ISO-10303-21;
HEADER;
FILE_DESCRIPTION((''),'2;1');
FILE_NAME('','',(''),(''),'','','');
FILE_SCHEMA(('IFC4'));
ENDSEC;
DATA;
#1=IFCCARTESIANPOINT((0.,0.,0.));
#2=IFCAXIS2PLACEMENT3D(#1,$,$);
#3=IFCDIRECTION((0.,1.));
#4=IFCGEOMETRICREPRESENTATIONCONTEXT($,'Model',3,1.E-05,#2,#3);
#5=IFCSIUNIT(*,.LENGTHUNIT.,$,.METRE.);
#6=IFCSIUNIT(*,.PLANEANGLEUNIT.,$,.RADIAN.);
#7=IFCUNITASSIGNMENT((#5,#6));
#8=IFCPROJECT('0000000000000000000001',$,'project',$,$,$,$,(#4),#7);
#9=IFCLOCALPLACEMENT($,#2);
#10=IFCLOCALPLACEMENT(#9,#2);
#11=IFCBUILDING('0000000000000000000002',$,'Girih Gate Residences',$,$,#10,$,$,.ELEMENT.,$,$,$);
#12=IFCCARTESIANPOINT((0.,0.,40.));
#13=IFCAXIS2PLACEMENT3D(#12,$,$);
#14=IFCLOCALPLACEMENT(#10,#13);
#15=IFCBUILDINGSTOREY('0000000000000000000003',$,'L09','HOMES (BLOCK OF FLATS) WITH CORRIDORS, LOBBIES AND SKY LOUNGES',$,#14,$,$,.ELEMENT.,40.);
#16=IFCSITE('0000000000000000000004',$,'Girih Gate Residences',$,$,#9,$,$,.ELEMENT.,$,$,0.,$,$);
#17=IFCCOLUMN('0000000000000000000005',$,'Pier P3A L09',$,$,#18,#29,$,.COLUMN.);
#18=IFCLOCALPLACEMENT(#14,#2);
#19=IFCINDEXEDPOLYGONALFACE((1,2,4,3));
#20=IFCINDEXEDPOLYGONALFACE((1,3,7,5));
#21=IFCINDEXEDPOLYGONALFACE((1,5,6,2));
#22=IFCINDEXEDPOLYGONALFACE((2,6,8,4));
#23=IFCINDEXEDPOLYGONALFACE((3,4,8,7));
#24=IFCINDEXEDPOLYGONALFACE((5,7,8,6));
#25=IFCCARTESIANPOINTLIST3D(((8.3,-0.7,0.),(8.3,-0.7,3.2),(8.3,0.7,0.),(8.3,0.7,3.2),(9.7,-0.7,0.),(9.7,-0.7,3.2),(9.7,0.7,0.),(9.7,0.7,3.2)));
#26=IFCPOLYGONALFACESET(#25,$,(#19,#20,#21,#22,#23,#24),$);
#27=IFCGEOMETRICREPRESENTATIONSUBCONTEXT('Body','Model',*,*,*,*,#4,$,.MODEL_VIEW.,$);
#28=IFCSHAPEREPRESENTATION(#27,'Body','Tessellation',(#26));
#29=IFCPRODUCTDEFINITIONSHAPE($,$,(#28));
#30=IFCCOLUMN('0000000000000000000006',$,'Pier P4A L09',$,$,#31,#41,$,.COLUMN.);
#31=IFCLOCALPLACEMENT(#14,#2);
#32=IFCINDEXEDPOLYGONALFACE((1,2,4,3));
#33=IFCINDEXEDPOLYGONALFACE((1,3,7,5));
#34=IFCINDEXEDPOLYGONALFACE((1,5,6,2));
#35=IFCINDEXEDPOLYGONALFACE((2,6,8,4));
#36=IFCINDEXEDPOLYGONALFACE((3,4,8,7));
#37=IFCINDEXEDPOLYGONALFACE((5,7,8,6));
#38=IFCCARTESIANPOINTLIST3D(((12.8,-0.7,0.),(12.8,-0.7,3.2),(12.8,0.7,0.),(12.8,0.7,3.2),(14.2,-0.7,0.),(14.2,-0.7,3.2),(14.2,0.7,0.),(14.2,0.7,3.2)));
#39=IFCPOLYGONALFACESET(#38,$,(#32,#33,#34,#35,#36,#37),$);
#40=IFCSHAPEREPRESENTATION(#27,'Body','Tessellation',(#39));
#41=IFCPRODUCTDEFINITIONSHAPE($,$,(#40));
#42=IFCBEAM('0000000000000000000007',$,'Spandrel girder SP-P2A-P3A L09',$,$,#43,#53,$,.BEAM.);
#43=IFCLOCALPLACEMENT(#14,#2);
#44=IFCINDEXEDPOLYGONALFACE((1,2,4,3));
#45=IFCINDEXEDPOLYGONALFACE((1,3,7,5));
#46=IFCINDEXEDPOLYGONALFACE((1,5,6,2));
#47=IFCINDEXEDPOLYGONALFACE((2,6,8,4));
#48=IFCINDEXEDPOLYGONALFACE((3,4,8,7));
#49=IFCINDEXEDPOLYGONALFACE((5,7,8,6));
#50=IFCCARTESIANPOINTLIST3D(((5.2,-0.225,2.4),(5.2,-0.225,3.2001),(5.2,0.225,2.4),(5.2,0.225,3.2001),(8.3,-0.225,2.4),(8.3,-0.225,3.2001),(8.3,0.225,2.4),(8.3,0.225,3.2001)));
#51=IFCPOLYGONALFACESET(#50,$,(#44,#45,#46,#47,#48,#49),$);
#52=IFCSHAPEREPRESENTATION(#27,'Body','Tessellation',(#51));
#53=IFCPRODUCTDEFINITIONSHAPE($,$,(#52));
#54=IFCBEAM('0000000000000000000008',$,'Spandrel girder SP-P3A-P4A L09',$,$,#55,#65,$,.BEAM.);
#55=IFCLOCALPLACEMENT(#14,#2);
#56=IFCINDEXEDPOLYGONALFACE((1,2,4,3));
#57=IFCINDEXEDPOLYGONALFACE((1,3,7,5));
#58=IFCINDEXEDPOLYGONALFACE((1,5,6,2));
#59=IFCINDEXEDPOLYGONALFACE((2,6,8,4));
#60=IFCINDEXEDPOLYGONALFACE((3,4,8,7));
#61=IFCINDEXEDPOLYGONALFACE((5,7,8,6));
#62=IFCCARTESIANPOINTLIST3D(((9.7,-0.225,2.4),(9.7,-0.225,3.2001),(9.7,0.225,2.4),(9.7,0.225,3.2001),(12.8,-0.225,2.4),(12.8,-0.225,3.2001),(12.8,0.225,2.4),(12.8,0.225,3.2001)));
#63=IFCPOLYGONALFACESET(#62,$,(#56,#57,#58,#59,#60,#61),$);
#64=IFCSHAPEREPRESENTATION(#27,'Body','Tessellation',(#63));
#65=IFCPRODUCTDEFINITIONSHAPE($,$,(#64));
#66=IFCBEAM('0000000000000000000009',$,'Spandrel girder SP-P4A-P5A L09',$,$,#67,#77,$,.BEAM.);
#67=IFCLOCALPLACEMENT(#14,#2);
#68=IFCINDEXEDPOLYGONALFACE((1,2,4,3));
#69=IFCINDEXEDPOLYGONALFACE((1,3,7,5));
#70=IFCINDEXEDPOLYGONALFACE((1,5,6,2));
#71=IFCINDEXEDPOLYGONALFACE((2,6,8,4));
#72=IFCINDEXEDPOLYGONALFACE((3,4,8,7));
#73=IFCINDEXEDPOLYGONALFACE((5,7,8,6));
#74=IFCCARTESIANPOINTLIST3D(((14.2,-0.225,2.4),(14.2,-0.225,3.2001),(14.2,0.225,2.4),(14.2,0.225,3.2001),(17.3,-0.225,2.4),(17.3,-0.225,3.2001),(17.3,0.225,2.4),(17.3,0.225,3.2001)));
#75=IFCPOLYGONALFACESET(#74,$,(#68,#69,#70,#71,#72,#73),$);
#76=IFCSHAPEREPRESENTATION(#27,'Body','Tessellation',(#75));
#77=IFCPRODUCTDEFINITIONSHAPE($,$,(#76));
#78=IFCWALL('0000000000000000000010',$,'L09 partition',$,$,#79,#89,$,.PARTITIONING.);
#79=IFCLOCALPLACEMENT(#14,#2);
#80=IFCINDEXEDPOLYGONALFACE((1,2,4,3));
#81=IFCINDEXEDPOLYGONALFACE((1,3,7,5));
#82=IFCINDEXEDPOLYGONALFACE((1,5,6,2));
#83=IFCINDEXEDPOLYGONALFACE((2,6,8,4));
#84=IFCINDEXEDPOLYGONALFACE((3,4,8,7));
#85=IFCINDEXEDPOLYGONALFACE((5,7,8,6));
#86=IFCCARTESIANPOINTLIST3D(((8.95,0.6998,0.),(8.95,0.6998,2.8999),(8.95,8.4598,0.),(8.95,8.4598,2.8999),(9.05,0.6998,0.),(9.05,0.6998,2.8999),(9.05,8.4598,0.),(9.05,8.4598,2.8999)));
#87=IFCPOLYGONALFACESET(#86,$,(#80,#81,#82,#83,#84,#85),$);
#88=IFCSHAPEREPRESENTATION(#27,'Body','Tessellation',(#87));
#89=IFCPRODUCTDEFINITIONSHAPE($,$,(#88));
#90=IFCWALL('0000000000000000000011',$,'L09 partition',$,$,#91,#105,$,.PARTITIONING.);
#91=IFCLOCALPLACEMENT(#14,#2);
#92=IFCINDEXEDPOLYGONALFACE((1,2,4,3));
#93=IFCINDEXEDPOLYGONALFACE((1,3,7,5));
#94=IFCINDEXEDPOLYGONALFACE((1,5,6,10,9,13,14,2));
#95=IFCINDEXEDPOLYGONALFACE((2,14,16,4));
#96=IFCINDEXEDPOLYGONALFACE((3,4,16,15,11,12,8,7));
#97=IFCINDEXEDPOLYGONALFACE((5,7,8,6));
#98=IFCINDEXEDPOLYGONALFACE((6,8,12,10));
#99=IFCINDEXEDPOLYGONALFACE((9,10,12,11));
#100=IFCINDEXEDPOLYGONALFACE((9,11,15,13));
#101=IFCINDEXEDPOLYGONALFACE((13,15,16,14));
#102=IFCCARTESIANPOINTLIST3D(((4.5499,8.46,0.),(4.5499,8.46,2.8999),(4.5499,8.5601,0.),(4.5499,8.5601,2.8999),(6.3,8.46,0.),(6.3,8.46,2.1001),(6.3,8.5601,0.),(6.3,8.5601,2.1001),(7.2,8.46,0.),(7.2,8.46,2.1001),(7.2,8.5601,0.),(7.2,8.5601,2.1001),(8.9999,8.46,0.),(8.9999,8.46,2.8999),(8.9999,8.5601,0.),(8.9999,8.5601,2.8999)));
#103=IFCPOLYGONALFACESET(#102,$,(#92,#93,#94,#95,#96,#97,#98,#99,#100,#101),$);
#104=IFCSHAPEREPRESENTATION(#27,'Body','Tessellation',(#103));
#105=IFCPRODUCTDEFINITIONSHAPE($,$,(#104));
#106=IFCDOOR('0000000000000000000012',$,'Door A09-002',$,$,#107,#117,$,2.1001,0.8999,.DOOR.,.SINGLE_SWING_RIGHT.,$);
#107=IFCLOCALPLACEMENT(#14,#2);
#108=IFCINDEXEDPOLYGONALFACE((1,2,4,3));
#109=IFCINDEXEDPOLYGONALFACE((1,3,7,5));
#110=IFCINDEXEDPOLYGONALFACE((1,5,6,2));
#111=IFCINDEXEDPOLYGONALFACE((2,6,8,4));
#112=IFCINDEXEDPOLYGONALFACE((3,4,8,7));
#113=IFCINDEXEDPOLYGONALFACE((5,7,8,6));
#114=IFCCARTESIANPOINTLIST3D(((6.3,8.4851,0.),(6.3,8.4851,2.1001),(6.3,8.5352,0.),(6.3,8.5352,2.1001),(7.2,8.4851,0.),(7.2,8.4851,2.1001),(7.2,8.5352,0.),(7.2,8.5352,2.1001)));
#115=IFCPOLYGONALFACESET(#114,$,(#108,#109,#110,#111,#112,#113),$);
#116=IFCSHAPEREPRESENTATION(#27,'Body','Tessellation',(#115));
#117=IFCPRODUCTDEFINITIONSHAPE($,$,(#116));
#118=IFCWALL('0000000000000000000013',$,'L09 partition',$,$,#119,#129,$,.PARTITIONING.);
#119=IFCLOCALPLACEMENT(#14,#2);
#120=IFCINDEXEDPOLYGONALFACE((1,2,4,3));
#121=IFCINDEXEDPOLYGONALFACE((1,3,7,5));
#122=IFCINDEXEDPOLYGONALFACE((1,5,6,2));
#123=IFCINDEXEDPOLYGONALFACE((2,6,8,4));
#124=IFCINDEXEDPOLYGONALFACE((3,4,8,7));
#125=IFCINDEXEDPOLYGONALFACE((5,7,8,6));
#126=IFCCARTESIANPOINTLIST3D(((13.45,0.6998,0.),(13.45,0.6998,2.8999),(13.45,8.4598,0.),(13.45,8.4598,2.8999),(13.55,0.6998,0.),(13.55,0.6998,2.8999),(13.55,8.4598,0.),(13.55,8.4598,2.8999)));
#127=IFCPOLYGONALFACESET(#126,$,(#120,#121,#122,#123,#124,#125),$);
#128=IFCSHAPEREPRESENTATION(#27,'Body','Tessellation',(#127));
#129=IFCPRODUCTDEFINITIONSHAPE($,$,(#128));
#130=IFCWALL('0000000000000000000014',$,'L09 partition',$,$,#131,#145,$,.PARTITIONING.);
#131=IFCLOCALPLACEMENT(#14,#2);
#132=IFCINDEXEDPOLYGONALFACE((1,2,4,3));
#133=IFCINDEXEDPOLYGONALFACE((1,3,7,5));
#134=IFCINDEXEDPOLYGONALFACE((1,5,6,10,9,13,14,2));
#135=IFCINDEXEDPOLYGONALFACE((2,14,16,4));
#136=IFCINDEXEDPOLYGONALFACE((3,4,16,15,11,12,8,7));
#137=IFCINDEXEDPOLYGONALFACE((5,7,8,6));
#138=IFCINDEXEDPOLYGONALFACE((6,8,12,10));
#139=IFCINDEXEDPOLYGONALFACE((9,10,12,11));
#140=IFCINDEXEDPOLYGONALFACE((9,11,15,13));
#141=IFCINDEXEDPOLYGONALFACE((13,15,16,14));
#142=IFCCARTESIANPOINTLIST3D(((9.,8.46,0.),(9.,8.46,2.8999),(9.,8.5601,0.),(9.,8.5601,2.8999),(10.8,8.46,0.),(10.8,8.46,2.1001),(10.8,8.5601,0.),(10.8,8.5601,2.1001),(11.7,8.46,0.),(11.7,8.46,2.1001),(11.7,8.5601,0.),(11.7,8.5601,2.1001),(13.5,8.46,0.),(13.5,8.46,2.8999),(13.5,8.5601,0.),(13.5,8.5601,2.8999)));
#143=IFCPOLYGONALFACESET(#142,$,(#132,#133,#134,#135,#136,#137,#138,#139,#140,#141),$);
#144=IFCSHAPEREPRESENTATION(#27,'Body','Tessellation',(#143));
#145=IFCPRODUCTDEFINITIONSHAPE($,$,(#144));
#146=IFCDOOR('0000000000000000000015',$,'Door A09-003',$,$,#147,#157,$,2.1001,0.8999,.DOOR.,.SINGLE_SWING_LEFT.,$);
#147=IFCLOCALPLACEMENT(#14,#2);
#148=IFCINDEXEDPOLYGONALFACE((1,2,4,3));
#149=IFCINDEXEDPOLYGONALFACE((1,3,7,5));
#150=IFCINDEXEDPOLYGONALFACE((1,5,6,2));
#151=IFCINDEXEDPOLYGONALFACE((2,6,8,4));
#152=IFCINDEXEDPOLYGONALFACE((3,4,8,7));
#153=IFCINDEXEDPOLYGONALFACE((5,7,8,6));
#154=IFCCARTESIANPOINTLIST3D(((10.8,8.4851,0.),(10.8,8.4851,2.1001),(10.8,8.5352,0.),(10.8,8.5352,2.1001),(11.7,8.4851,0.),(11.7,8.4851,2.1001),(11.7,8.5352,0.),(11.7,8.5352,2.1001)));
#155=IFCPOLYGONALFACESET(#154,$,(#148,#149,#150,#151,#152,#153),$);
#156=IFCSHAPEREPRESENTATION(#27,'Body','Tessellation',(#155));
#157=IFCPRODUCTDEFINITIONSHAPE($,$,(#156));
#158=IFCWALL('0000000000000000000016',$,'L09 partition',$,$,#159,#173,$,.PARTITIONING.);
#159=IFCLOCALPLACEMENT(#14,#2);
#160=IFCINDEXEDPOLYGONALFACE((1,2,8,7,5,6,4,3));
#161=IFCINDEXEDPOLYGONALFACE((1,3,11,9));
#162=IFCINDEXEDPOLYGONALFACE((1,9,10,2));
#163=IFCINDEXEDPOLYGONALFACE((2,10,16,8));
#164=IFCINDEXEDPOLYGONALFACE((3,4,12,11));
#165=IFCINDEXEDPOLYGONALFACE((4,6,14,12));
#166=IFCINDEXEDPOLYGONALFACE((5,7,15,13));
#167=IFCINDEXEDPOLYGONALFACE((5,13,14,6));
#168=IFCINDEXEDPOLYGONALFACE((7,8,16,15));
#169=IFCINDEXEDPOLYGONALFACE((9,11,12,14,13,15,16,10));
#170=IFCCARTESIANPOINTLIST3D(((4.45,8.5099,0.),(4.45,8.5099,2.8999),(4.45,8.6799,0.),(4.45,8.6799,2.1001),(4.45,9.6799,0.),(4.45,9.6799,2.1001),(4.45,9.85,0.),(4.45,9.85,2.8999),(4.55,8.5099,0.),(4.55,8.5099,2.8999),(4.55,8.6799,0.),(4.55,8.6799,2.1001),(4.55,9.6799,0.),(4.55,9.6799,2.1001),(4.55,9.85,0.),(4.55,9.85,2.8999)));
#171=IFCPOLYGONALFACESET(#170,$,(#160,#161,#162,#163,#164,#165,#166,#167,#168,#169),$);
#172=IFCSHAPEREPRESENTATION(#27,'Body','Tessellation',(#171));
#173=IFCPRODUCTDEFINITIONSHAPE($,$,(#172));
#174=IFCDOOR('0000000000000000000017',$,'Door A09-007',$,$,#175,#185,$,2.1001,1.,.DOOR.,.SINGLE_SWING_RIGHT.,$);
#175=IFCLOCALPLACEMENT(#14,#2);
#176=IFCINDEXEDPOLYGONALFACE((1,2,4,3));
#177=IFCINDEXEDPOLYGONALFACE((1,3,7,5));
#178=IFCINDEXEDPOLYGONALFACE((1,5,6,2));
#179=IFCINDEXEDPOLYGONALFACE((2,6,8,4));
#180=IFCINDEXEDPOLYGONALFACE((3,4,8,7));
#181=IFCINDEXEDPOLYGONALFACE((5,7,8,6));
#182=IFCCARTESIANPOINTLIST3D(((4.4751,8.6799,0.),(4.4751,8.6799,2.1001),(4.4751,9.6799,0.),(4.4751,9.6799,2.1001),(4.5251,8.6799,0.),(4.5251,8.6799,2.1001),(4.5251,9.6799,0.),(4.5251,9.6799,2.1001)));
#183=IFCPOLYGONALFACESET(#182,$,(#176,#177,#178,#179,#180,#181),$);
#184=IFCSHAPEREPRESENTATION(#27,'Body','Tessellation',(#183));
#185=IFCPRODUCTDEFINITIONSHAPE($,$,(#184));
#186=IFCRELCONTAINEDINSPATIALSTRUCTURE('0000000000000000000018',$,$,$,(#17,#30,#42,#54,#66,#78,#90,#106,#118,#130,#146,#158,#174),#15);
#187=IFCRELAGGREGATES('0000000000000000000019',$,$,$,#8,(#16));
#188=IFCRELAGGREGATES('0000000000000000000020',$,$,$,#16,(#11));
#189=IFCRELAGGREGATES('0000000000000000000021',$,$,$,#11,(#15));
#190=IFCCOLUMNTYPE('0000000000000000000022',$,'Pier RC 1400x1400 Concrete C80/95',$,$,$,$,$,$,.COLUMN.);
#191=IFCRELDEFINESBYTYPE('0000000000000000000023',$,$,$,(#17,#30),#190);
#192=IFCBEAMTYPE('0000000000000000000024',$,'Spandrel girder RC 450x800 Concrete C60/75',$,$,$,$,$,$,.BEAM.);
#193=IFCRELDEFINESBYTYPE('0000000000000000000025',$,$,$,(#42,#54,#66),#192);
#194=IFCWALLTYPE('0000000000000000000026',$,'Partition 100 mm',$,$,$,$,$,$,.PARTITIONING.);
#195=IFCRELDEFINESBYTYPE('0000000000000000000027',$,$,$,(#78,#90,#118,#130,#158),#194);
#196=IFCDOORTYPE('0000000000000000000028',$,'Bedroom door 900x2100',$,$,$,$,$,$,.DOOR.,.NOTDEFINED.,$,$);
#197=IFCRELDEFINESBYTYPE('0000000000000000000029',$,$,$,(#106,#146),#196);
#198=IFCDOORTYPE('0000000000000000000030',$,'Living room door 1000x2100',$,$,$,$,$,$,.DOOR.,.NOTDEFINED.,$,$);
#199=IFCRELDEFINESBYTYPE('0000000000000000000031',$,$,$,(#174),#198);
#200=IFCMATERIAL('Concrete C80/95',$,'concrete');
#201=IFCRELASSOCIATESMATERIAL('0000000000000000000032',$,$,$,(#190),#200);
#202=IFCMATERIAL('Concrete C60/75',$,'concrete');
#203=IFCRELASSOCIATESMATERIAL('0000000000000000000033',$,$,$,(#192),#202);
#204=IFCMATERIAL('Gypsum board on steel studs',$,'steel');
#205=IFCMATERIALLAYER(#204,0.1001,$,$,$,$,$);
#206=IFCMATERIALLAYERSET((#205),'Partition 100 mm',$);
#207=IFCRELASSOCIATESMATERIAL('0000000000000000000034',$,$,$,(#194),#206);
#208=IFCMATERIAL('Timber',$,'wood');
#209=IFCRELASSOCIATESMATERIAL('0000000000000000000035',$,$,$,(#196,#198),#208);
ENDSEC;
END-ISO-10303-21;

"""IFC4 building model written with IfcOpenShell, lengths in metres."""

from ifc_helpers import new_model, si_unit, direction, frame, frame_2d, origin, origin_2d, place, context, subcontext, project, spatial, rectangle, extrude, material, layer, layer_set, material_profile, profile_set, type_object, element, fill, save


model = new_model("IFC4")

# Units and contexts
model_context = context("Model", 3, precision=1e-05, world=origin(), true_north=direction((0.0, 1.0)))
body_context = subcontext(model_context, "Body", "Model", "MODEL_VIEW")
ifc_project = project(units=[si_unit("LENGTHUNIT", "METRE"), si_unit("PLANEANGLEUNIT", "RADIAN")], contexts=[model_context])

# Site, building, storey
site_placement = place(None, origin())
site = spatial("IfcSite", under=ifc_project, at=site_placement, Name="Girih Gate Residences", CompositionType="ELEMENT", RefElevation=0.0)
building_placement = place(site_placement, origin())
building = spatial("IfcBuilding", under=site, at=building_placement, Name="Girih Gate Residences", CompositionType="ELEMENT")
storey_placement = place(building_placement, frame((0.0, 0.0, 40.0)))
storey = spatial("IfcBuildingStorey", under=building, at=storey_placement, Name="L09", Description="HOMES (BLOCK OF FLATS) WITH CORRIDORS, LOBBIES AND SKY LOUNGES", CompositionType="ELEMENT", Elevation=40.0)

# Columns
ifc_material_1 = material(Name="Concrete C80/95", Category="concrete")
ifc_material_profile_1 = material_profile(ifc_material_1, rectangle(XDim=1.3999, YDim=1.3999, at=origin_2d()))
ifc_profile_set_1 = profile_set([ifc_material_profile_1], Name="Concrete C80/95")
column_type = type_object("IfcColumnType", Name="Pier RC 1400x1400 Concrete C80/95", PredefinedType="COLUMN", material=ifc_profile_set_1)
for number, where, z_axis, x_axis, name in (
    (1, (9.0, 0.0, 0.0), (0.0, 0.0, 1.0), (1.0, 0.0, 0.0), "Pier P3A L09"),
    (2, (13.5, 0.0, 0.0), (0.0, 0.0, 1.0), (1.0, 0.0, 0.0), "Pier P4A L09"),
):
    element("IfcColumn", number, at=place(storey_placement, frame(where, z_axis=z_axis, x_axis=x_axis)), inside=storey, type_object=column_type, Name=name, PredefinedType="COLUMN", context=body_context, shape_type="SweptSolid", body=[
        extrude(rectangle(XDim=1.3999, YDim=1.3999, at=origin_2d()), origin(), (0.0, 0.0, 1.0), 3.2),
    ])

# Beams
ifc_material_2 = material(Name="Concrete C60/75", Category="concrete")
ifc_material_profile_2 = material_profile(ifc_material_2, rectangle(XDim=0.45, YDim=0.8, at=origin_2d()))
ifc_profile_set_2 = profile_set([ifc_material_profile_2], Name="Concrete C60/75")
beam_type = type_object("IfcBeamType", Name="Spandrel girder RC 450x800 Concrete C60/75", PredefinedType="BEAM", material=ifc_profile_set_2)
for number, where, z_axis, x_axis, name in (
    (3, (5.2, 0.0, 2.8), (1.0, 0.0, 0.0), (0.0, 1.0, 0.0), "Spandrel girder SP-P2A-P3A L09"),
    (4, (9.7, 0.0, 2.8), (1.0, 0.0, 0.0), (0.0, 1.0, 0.0), "Spandrel girder SP-P3A-P4A L09"),
    (5, (14.2, 0.0, 2.8), (1.0, 0.0, 0.0), (0.0, 1.0, 0.0), "Spandrel girder SP-P4A-P5A L09"),
):
    element("IfcBeam", number, at=place(storey_placement, frame(where, z_axis=z_axis, x_axis=x_axis)), inside=storey, type_object=beam_type, Name=name, PredefinedType="BEAM", context=body_context, shape_type="SweptSolid", body=[
        extrude(rectangle(XDim=0.45, YDim=0.8, at=origin_2d()), origin(), (0.0, 0.0, 1.0), 3.1001),
    ])

# Wall
ifc_material_3 = material(Name="Gypsum board on steel studs", Category="steel")
ifc_layer_1 = layer(ifc_material_3, 0.1001)
ifc_layer_set_1 = layer_set([ifc_layer_1], Name="Partition 100 mm")
wall_type_1 = type_object("IfcWallType", Name="Partition 100 mm", PredefinedType="PARTITIONING", material=ifc_layer_set_1)
wall_1_placement = place(storey_placement, frame((9.0, 0.7, 0.0), z_axis=(0.0, 0.0, 1.0), x_axis=(0.0, 1.0, 0.0)))
element("IfcWall", 6, at=wall_1_placement, inside=storey, type_object=wall_type_1, Name="L09 partition", PredefinedType="PARTITIONING", context=body_context, shape_type="SweptSolid", body=[
    extrude(rectangle(XDim=7.76, YDim=0.1001, at=frame_2d((3.8799, 0.0))), origin(), (0.0, 0.0, 1.0), 2.8999),
])

# Wall, opening, door
wall_2_placement = place(storey_placement, frame((9.0, 8.51, 0.0), z_axis=(0.0, 0.0, 1.0), x_axis=(-1.0, 0.0, 0.0)))
wall_2 = element("IfcWall", 7, at=wall_2_placement, inside=storey, type_object=wall_type_1, Name="L09 partition", PredefinedType="PARTITIONING", context=body_context, shape_type="SweptSolid", body=[
    extrude(rectangle(XDim=4.45, YDim=0.1001, at=frame_2d((2.2251, 0.0))), origin(), (0.0, 0.0, 1.0), 2.8999),
])
opening_1_placement = place(wall_2_placement, frame((1.8, 0.0, 0.0)))
opening_1 = element("IfcOpeningElement", 8, at=opening_1_placement, cuts=wall_2, PredefinedType="OPENING", context=body_context, shape_type="SweptSolid", body=[
    extrude(rectangle(XDim=0.8999, YDim=2.1001, at=frame_2d((0.45, 1.05))), frame((0.0, 0.0601, 0.0), z_axis=(0.0, -1.0, 0.0), x_axis=(1.0, 0.0, 0.0)), (0.0, 0.0, 1.0), 0.1201),
])
ifc_material_4 = material(Name="Timber", Category="wood")
door_type_1 = type_object("IfcDoorType", Name="Bedroom door 900x2100", OperationType="NOTDEFINED", PredefinedType="DOOR", material=ifc_material_4)
door_1_placement = place(opening_1_placement, origin())
door_1 = element("IfcDoor", 9, at=door_1_placement, inside=storey, type_object=door_type_1, Name="Door A09-002", OperationType="SINGLE_SWING_RIGHT", OverallHeight=2.1001, OverallWidth=0.8999, PredefinedType="DOOR", context=body_context, shape_type="SweptSolid", body=[
    extrude(rectangle(XDim=0.8999, YDim=2.1001, at=frame_2d((0.45, 1.05))), frame((0.0, 0.0249, 0.0), z_axis=(0.0, -1.0, 0.0), x_axis=(1.0, 0.0, 0.0)), (0.0, 0.0, 1.0), 0.05),
])
fill(opening_1, door_1)

# Wall
wall_3_placement = place(storey_placement, frame((13.5, 0.7, 0.0), z_axis=(0.0, 0.0, 1.0), x_axis=(0.0, 1.0, 0.0)))
element("IfcWall", 10, at=wall_3_placement, inside=storey, type_object=wall_type_1, Name="L09 partition", PredefinedType="PARTITIONING", context=body_context, shape_type="SweptSolid", body=[
    extrude(rectangle(XDim=7.76, YDim=0.1001, at=frame_2d((3.8799, 0.0))), origin(), (0.0, 0.0, 1.0), 2.8999),
])

# Walls, openings, doors
wall_4_placement = place(storey_placement, frame((13.5, 8.51, 0.0), z_axis=(0.0, 0.0, 1.0), x_axis=(-1.0, 0.0, 0.0)))
wall_4 = element("IfcWall", 11, at=wall_4_placement, inside=storey, type_object=wall_type_1, Name="L09 partition", PredefinedType="PARTITIONING", context=body_context, shape_type="SweptSolid", body=[
    extrude(rectangle(XDim=4.5, YDim=0.1001, at=frame_2d((2.25, 0.0))), origin(), (0.0, 0.0, 1.0), 2.8999),
])
opening_2_placement = place(wall_4_placement, frame((1.8, 0.0, 0.0)))
opening_2 = element("IfcOpeningElement", 12, at=opening_2_placement, cuts=wall_4, PredefinedType="OPENING", context=body_context, shape_type="SweptSolid", body=[
    extrude(rectangle(XDim=0.8999, YDim=2.1001, at=frame_2d((0.45, 1.05))), frame((0.0, 0.0601, 0.0), z_axis=(0.0, -1.0, 0.0), x_axis=(1.0, 0.0, 0.0)), (0.0, 0.0, 1.0), 0.1201),
])
door_2_placement = place(opening_2_placement, origin())
door_2 = element("IfcDoor", 13, at=door_2_placement, inside=storey, type_object=door_type_1, Name="Door A09-003", OperationType="SINGLE_SWING_LEFT", OverallHeight=2.1001, OverallWidth=0.8999, PredefinedType="DOOR", context=body_context, shape_type="SweptSolid", body=[
    extrude(rectangle(XDim=0.8999, YDim=2.1001, at=frame_2d((0.45, 1.05))), frame((0.0, 0.0249, 0.0), z_axis=(0.0, -1.0, 0.0), x_axis=(1.0, 0.0, 0.0)), (0.0, 0.0, 1.0), 0.05),
])
fill(opening_2, door_2)
wall_5_placement = place(storey_placement, frame((4.5, 8.51, 0.0), z_axis=(0.0, 0.0, 1.0), x_axis=(0.0, 1.0, 0.0)))
wall_5 = element("IfcWall", 14, at=wall_5_placement, inside=storey, type_object=wall_type_1, Name="L09 partition", PredefinedType="PARTITIONING", context=body_context, shape_type="SweptSolid", body=[
    extrude(rectangle(XDim=1.3401, YDim=0.1001, at=frame_2d((0.6699, 0.0))), origin(), (0.0, 0.0, 1.0), 2.8999),
])
opening_3_placement = place(wall_5_placement, frame((0.1699, 0.0, 0.0)))
opening_3 = element("IfcOpeningElement", 15, at=opening_3_placement, cuts=wall_5, PredefinedType="OPENING", context=body_context, shape_type="SweptSolid", body=[
    extrude(rectangle(XDim=1.0, YDim=2.1001, at=frame_2d((0.5, 1.05))), frame((0.0, 0.0601, 0.0), z_axis=(0.0, -1.0, 0.0), x_axis=(1.0, 0.0, 0.0)), (0.0, 0.0, 1.0), 0.1201),
])
door_type_2 = type_object("IfcDoorType", Name="Living room door 1000x2100", OperationType="NOTDEFINED", PredefinedType="DOOR", material=ifc_material_4)
door_3_placement = place(opening_3_placement, origin())
door_3 = element("IfcDoor", 16, at=door_3_placement, inside=storey, type_object=door_type_2, Name="Door A09-007", OperationType="SINGLE_SWING_RIGHT", OverallHeight=2.1001, OverallWidth=1.0, PredefinedType="DOOR", context=body_context, shape_type="SweptSolid", body=[
    extrude(rectangle(XDim=1.0, YDim=2.1001, at=frame_2d((0.5, 1.05))), frame((0.0, 0.0249, 0.0), z_axis=(0.0, -1.0, 0.0), x_axis=(1.0, 0.0, 0.0)), (0.0, 0.0, 1.0), 0.05),
])
fill(opening_3, door_3)

save(model, "model.ifc")
